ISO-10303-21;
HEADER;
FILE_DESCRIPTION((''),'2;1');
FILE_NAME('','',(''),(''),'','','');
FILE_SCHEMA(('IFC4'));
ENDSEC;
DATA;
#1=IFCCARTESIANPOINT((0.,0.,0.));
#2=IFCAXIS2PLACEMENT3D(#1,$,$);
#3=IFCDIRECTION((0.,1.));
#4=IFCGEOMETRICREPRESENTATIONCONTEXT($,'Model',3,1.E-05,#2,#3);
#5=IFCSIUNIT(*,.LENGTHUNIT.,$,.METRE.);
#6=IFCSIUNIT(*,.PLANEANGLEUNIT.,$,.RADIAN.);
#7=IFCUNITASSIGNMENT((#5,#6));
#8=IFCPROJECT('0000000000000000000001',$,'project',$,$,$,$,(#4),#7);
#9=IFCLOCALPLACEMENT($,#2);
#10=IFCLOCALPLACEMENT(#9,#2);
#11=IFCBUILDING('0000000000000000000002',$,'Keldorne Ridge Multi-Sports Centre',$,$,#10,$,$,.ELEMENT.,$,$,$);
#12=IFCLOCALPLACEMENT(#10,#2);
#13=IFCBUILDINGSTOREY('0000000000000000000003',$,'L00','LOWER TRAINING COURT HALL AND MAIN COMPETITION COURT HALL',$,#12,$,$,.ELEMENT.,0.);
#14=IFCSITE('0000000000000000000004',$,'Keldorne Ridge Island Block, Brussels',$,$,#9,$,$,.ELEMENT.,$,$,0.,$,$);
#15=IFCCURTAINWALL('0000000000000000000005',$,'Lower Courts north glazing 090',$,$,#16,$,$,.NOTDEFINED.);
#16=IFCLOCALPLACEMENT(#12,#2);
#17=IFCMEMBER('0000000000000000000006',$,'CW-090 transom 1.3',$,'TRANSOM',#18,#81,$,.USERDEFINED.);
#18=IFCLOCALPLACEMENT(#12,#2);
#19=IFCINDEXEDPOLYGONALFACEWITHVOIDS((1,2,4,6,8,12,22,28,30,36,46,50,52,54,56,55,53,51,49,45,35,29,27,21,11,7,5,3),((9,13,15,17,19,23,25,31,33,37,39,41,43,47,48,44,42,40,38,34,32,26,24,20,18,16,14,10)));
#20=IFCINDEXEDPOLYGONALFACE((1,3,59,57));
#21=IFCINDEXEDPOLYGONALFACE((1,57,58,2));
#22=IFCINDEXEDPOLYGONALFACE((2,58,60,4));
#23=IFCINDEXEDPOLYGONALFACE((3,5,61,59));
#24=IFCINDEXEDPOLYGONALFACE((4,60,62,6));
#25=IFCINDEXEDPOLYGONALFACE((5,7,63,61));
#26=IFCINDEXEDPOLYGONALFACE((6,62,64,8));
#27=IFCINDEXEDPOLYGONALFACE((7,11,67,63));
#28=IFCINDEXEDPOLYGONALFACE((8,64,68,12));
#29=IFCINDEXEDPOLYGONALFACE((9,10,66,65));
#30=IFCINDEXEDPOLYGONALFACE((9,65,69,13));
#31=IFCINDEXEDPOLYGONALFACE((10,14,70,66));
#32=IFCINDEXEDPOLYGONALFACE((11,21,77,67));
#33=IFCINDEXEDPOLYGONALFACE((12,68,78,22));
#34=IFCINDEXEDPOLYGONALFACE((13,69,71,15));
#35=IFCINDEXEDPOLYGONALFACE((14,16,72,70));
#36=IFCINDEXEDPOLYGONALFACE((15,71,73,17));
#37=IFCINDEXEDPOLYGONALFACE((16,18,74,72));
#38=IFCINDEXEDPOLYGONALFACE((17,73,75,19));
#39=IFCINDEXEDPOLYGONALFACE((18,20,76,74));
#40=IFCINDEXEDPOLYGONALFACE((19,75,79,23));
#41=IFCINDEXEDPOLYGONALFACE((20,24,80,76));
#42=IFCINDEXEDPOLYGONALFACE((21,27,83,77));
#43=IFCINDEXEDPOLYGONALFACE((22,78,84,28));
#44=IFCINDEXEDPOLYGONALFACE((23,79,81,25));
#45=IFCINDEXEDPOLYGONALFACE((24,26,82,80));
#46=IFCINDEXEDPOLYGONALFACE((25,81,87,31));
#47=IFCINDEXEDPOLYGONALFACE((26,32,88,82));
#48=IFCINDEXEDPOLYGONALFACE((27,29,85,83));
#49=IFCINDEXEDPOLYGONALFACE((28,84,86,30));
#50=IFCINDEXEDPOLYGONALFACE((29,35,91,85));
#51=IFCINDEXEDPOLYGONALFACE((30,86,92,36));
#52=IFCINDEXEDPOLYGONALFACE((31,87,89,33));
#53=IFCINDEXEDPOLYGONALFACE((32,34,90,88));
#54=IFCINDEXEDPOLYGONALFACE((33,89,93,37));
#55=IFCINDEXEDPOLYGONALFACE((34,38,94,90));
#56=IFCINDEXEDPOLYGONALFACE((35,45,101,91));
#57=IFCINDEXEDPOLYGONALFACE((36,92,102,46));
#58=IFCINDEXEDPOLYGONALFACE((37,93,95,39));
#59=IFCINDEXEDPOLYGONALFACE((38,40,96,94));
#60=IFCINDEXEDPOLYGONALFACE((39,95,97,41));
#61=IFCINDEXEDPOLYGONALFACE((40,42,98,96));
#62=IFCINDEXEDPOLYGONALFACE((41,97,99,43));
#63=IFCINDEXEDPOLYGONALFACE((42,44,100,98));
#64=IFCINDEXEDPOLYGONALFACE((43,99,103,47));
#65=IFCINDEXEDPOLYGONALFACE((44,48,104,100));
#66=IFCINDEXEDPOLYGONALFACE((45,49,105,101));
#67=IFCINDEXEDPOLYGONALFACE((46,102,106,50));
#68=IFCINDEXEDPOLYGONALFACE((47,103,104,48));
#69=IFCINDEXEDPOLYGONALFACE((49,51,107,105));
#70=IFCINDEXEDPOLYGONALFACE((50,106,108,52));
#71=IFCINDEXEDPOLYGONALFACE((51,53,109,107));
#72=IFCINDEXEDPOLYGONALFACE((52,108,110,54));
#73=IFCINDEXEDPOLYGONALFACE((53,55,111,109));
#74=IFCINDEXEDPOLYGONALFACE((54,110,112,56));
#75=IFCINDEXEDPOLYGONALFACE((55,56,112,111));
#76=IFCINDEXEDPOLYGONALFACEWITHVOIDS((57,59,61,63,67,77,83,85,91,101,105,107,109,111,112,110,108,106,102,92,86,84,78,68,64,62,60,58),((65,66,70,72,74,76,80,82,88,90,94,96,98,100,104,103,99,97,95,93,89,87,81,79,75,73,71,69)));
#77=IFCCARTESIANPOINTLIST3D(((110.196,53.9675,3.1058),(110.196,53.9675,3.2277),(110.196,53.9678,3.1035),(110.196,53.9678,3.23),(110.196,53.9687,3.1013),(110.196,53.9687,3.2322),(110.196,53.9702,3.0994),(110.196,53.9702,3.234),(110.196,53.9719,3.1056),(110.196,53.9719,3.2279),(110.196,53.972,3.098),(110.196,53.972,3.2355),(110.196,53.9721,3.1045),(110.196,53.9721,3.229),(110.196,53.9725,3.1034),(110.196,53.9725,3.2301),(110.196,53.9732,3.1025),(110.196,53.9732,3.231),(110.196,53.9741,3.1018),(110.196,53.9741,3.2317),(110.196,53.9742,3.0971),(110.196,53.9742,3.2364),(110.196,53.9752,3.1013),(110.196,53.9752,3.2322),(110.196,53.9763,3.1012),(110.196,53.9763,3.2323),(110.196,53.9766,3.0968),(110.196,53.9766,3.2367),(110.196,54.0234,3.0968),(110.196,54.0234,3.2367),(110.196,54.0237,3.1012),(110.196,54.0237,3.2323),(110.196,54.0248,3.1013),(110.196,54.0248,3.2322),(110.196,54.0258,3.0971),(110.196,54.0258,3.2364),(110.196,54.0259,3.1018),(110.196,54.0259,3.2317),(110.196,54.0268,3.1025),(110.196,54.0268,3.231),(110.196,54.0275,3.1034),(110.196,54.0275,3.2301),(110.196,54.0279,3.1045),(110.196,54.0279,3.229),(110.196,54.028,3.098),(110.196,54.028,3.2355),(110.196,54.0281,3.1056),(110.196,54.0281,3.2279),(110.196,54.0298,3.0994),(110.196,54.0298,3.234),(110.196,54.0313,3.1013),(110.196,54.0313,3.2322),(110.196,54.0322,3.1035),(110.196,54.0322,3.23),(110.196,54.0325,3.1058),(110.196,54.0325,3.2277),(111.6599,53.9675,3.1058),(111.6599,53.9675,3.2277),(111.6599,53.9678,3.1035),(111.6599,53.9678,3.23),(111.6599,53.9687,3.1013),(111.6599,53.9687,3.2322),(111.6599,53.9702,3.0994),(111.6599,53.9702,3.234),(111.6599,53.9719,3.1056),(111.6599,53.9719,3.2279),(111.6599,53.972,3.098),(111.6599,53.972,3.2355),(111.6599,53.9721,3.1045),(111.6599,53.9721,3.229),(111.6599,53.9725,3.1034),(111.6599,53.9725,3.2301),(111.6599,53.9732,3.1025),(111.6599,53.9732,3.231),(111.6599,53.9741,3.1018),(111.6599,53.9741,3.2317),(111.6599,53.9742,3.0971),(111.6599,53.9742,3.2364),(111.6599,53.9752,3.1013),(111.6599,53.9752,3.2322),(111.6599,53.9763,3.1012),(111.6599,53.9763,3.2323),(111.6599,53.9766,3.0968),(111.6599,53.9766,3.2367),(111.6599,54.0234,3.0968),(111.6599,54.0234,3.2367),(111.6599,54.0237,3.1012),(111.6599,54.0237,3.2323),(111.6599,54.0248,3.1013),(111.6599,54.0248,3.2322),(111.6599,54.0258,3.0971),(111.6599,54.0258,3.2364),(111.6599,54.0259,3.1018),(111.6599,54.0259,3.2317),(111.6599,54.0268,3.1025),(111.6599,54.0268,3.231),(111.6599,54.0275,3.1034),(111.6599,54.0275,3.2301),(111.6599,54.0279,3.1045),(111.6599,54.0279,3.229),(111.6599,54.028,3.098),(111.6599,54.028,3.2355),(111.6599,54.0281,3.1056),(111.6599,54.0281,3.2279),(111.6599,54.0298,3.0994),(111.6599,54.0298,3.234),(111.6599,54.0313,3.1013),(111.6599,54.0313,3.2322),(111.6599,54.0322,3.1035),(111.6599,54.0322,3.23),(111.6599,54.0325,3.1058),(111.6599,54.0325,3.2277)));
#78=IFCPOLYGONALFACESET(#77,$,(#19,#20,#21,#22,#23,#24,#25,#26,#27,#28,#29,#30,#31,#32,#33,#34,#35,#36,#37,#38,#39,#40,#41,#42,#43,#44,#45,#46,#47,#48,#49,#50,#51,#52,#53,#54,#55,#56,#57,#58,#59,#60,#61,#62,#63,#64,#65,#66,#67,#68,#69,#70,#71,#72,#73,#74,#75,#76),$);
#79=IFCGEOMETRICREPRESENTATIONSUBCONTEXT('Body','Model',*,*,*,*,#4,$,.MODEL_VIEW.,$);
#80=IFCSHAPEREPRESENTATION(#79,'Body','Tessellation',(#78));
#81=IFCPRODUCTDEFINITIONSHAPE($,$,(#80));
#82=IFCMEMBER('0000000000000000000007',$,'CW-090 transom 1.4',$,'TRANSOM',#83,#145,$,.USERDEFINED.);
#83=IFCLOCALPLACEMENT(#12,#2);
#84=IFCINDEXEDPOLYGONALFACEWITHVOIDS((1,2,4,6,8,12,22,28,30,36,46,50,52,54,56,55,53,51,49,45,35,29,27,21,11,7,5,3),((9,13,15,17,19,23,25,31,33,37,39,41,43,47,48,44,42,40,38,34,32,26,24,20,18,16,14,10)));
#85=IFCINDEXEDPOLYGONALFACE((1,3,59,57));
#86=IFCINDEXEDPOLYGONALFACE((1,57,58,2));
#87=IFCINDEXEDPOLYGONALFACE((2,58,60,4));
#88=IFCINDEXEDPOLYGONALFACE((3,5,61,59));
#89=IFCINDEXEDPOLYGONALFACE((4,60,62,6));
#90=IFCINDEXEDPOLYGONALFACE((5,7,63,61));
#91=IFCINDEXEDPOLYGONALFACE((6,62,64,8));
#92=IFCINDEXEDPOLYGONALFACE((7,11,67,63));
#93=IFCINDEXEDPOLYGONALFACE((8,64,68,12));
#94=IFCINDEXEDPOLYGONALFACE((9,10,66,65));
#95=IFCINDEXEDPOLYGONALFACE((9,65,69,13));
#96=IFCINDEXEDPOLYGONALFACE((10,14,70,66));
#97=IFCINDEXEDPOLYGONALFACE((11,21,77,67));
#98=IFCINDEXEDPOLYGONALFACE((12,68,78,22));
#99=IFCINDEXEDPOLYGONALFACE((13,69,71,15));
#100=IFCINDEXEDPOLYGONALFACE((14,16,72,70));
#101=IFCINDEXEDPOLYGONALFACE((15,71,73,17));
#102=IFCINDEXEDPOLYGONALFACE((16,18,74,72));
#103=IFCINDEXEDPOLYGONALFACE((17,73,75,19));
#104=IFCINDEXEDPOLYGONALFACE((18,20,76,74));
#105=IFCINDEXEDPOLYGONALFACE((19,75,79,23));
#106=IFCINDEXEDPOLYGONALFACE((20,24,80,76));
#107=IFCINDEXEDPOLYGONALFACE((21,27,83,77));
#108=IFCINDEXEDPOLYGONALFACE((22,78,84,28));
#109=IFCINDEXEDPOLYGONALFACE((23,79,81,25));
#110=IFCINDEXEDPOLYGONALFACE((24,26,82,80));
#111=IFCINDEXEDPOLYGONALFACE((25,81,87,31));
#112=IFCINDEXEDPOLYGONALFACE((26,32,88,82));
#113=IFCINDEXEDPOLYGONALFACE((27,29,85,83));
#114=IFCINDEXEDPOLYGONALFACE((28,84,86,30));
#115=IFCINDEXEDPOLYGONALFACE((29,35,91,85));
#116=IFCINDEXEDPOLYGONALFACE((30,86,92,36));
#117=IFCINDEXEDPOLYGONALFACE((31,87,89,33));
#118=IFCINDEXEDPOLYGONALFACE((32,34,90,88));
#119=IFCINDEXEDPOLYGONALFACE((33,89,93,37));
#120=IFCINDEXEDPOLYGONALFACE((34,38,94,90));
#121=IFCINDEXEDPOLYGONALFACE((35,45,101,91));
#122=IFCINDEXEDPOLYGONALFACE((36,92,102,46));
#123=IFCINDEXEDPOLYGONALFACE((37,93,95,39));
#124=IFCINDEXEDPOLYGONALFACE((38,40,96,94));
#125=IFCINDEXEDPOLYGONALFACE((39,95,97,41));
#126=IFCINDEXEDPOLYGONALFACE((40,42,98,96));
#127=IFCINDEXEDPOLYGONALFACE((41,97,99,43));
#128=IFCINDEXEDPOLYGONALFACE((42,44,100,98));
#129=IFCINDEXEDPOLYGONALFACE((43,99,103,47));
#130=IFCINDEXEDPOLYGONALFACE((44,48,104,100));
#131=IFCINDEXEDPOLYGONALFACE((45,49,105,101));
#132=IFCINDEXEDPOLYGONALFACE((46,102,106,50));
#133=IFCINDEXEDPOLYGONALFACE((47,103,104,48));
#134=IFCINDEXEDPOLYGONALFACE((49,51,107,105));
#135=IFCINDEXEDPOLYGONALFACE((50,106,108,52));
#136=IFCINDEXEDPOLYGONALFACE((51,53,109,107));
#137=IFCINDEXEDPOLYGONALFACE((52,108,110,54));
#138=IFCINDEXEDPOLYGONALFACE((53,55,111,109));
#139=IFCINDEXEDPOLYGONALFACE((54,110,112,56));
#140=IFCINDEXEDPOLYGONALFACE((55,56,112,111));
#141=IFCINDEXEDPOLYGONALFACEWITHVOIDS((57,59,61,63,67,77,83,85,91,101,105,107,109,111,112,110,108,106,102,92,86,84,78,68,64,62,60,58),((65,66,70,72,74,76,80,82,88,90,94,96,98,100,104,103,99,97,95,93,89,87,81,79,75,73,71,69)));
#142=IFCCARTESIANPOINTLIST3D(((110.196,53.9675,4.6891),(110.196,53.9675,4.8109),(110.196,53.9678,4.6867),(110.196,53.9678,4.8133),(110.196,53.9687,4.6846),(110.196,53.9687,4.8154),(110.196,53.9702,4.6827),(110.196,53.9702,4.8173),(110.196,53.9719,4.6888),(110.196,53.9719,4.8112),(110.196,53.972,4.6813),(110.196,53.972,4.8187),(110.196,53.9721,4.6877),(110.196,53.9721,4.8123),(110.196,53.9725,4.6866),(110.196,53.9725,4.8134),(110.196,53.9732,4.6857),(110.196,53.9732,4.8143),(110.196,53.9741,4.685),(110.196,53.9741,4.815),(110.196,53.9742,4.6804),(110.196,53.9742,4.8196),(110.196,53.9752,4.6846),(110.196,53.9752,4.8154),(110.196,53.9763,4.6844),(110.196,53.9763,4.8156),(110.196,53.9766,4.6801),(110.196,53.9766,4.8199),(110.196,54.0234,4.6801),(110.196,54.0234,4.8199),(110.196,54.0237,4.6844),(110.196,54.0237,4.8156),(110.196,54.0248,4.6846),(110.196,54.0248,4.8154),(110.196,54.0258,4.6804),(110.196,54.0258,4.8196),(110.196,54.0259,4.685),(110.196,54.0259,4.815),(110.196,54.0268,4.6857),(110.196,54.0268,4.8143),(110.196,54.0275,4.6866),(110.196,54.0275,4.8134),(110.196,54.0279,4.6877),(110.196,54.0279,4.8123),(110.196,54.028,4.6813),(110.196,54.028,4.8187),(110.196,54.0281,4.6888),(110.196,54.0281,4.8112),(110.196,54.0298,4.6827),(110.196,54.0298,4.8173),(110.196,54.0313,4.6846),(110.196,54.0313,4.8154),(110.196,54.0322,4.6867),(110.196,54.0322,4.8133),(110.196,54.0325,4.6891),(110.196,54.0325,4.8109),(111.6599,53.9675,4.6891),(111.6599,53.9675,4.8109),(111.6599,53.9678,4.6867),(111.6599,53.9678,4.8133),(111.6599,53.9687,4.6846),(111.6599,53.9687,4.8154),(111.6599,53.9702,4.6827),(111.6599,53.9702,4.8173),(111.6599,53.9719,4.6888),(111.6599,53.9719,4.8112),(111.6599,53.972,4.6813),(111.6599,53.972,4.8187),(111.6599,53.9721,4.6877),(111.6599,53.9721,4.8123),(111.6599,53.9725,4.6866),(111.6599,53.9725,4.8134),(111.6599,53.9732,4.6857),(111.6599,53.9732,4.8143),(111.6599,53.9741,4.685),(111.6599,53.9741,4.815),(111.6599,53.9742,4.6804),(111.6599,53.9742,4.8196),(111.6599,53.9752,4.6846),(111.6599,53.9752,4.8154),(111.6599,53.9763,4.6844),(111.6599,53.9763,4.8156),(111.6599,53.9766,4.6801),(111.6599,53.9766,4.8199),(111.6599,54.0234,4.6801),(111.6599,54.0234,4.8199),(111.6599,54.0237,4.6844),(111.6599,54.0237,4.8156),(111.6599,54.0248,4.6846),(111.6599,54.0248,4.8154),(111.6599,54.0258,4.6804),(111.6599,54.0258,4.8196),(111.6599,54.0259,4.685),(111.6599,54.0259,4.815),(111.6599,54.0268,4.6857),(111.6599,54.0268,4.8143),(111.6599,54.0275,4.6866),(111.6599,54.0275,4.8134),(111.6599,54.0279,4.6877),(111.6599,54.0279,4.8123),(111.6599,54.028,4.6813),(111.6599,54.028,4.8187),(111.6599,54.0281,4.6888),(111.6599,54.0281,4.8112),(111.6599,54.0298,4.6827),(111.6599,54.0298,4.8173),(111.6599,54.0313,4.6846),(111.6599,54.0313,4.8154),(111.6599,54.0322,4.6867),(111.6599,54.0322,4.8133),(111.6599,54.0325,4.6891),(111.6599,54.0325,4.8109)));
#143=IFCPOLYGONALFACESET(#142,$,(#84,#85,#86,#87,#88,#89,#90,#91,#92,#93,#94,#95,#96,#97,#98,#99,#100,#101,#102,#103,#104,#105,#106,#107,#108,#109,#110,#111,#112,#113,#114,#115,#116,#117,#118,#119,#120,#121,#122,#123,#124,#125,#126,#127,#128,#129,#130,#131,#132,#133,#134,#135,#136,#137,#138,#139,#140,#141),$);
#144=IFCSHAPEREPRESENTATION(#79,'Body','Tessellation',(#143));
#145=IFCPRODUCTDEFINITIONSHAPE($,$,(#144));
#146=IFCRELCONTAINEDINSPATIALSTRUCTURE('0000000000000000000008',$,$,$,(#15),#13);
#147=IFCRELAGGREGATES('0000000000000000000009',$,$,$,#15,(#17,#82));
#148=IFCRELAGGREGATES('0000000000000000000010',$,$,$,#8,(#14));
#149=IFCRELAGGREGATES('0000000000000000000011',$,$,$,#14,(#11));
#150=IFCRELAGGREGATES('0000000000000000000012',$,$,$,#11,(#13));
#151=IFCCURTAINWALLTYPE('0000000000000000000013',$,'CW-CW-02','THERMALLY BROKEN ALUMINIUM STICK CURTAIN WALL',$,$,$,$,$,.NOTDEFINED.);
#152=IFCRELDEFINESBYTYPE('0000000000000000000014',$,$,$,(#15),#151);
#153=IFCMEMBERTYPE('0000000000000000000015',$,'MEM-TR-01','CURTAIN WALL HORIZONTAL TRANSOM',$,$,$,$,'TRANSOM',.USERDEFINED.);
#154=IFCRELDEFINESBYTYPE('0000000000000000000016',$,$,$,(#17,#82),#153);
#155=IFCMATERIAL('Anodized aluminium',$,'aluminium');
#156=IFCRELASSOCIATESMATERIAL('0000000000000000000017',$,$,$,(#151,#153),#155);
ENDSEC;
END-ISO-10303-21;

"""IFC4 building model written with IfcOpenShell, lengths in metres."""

from ifc_helpers import new_model, si_unit, direction, frame, origin, origin_2d, place, context, subcontext, project, spatial, hollow_rectangle, extrude, material, material_profile, profile_set, type_object, element, aggregate, save


model = new_model("IFC4")

# Units and contexts
model_context = context("Model", 3, precision=1e-05, world=origin(), true_north=direction((0.0, 1.0)))
body_context = subcontext(model_context, "Body", "Model", "MODEL_VIEW")
ifc_project = project(units=[si_unit("LENGTHUNIT", "METRE"), si_unit("PLANEANGLEUNIT", "RADIAN")], contexts=[model_context])

# Site, building, storey
site_placement = place(None, origin())
site = spatial("IfcSite", under=ifc_project, at=site_placement, Name="Keldorne Ridge Island Block, Brussels", CompositionType="ELEMENT", RefElevation=0.0)
building_placement = place(site_placement, origin())
building = spatial("IfcBuilding", under=site, at=building_placement, Name="Keldorne Ridge Multi-Sports Centre", CompositionType="ELEMENT")
storey_placement = place(building_placement, origin())
storey = spatial("IfcBuildingStorey", under=building, at=storey_placement, Name="L00", Description="LOWER TRAINING COURT HALL AND MAIN COMPETITION COURT HALL", CompositionType="ELEMENT", Elevation=0.0)

# Curtain wall, members
ifc_material_1 = material(Name="Anodized aluminium", Category="aluminium")
curtain_wall_type = type_object("IfcCurtainWallType", Name="CW-CW-02", Description="THERMALLY BROKEN ALUMINIUM STICK CURTAIN WALL", PredefinedType="NOTDEFINED", material=ifc_material_1)
curtain_wall_placement = place(storey_placement, origin())
curtain_wall = element("IfcCurtainWall", 1, at=curtain_wall_placement, inside=storey, type_object=curtain_wall_type, Name="Lower Courts north glazing 090", PredefinedType="NOTDEFINED")
ifc_material_profile_1 = material_profile(ifc_material_1, hollow_rectangle(XDim=0.0649, YDim=0.1399, WallThickness=0.0044, InnerFilletRadius=0.0044, OuterFilletRadius=0.009, at=origin_2d()), Name="ALU TRANSOM 140x65x4.5")
ifc_profile_set_1 = profile_set([ifc_material_profile_1], Name="Anodized aluminium")
member_type_1 = type_object("IfcMemberType", Name="MEM-TR-01", Description="CURTAIN WALL HORIZONTAL TRANSOM", ElementType="TRANSOM", PredefinedType="USERDEFINED", material=ifc_profile_set_1)
member_1_placement = place(storey_placement, frame((111.6599, 54.0, 3.1667), z_axis=(-1.0, 0.0, 0.0), x_axis=(0.0, -1.0, 0.0)))
member_1 = element("IfcMember", 2, at=member_1_placement, type_object=member_type_1, Name="CW-090 transom 1.3", ObjectType="TRANSOM", PredefinedType="USERDEFINED", context=body_context, shape_type="SweptSolid", body=[
    extrude(hollow_rectangle(XDim=0.0649, YDim=0.1399, WallThickness=0.0044, InnerFilletRadius=0.0044, OuterFilletRadius=0.009, at=origin_2d()), origin(), (0.0, 0.0, 1.0), 1.4639),
])
member_2_placement = place(storey_placement, frame((111.6599, 54.0, 4.75), z_axis=(-1.0, 0.0, 0.0), x_axis=(0.0, -1.0, 0.0)))
member_2 = element("IfcMember", 3, at=member_2_placement, type_object=member_type_1, Name="CW-090 transom 1.4", ObjectType="TRANSOM", PredefinedType="USERDEFINED", context=body_context, shape_type="SweptSolid", body=[
    extrude(hollow_rectangle(XDim=0.0649, YDim=0.1399, WallThickness=0.0044, InnerFilletRadius=0.0044, OuterFilletRadius=0.009, at=origin_2d()), origin(), (0.0, 0.0, 1.0), 1.4639),
])
aggregate(curtain_wall, [member_1, member_2])

save(model, "model.ifc")
